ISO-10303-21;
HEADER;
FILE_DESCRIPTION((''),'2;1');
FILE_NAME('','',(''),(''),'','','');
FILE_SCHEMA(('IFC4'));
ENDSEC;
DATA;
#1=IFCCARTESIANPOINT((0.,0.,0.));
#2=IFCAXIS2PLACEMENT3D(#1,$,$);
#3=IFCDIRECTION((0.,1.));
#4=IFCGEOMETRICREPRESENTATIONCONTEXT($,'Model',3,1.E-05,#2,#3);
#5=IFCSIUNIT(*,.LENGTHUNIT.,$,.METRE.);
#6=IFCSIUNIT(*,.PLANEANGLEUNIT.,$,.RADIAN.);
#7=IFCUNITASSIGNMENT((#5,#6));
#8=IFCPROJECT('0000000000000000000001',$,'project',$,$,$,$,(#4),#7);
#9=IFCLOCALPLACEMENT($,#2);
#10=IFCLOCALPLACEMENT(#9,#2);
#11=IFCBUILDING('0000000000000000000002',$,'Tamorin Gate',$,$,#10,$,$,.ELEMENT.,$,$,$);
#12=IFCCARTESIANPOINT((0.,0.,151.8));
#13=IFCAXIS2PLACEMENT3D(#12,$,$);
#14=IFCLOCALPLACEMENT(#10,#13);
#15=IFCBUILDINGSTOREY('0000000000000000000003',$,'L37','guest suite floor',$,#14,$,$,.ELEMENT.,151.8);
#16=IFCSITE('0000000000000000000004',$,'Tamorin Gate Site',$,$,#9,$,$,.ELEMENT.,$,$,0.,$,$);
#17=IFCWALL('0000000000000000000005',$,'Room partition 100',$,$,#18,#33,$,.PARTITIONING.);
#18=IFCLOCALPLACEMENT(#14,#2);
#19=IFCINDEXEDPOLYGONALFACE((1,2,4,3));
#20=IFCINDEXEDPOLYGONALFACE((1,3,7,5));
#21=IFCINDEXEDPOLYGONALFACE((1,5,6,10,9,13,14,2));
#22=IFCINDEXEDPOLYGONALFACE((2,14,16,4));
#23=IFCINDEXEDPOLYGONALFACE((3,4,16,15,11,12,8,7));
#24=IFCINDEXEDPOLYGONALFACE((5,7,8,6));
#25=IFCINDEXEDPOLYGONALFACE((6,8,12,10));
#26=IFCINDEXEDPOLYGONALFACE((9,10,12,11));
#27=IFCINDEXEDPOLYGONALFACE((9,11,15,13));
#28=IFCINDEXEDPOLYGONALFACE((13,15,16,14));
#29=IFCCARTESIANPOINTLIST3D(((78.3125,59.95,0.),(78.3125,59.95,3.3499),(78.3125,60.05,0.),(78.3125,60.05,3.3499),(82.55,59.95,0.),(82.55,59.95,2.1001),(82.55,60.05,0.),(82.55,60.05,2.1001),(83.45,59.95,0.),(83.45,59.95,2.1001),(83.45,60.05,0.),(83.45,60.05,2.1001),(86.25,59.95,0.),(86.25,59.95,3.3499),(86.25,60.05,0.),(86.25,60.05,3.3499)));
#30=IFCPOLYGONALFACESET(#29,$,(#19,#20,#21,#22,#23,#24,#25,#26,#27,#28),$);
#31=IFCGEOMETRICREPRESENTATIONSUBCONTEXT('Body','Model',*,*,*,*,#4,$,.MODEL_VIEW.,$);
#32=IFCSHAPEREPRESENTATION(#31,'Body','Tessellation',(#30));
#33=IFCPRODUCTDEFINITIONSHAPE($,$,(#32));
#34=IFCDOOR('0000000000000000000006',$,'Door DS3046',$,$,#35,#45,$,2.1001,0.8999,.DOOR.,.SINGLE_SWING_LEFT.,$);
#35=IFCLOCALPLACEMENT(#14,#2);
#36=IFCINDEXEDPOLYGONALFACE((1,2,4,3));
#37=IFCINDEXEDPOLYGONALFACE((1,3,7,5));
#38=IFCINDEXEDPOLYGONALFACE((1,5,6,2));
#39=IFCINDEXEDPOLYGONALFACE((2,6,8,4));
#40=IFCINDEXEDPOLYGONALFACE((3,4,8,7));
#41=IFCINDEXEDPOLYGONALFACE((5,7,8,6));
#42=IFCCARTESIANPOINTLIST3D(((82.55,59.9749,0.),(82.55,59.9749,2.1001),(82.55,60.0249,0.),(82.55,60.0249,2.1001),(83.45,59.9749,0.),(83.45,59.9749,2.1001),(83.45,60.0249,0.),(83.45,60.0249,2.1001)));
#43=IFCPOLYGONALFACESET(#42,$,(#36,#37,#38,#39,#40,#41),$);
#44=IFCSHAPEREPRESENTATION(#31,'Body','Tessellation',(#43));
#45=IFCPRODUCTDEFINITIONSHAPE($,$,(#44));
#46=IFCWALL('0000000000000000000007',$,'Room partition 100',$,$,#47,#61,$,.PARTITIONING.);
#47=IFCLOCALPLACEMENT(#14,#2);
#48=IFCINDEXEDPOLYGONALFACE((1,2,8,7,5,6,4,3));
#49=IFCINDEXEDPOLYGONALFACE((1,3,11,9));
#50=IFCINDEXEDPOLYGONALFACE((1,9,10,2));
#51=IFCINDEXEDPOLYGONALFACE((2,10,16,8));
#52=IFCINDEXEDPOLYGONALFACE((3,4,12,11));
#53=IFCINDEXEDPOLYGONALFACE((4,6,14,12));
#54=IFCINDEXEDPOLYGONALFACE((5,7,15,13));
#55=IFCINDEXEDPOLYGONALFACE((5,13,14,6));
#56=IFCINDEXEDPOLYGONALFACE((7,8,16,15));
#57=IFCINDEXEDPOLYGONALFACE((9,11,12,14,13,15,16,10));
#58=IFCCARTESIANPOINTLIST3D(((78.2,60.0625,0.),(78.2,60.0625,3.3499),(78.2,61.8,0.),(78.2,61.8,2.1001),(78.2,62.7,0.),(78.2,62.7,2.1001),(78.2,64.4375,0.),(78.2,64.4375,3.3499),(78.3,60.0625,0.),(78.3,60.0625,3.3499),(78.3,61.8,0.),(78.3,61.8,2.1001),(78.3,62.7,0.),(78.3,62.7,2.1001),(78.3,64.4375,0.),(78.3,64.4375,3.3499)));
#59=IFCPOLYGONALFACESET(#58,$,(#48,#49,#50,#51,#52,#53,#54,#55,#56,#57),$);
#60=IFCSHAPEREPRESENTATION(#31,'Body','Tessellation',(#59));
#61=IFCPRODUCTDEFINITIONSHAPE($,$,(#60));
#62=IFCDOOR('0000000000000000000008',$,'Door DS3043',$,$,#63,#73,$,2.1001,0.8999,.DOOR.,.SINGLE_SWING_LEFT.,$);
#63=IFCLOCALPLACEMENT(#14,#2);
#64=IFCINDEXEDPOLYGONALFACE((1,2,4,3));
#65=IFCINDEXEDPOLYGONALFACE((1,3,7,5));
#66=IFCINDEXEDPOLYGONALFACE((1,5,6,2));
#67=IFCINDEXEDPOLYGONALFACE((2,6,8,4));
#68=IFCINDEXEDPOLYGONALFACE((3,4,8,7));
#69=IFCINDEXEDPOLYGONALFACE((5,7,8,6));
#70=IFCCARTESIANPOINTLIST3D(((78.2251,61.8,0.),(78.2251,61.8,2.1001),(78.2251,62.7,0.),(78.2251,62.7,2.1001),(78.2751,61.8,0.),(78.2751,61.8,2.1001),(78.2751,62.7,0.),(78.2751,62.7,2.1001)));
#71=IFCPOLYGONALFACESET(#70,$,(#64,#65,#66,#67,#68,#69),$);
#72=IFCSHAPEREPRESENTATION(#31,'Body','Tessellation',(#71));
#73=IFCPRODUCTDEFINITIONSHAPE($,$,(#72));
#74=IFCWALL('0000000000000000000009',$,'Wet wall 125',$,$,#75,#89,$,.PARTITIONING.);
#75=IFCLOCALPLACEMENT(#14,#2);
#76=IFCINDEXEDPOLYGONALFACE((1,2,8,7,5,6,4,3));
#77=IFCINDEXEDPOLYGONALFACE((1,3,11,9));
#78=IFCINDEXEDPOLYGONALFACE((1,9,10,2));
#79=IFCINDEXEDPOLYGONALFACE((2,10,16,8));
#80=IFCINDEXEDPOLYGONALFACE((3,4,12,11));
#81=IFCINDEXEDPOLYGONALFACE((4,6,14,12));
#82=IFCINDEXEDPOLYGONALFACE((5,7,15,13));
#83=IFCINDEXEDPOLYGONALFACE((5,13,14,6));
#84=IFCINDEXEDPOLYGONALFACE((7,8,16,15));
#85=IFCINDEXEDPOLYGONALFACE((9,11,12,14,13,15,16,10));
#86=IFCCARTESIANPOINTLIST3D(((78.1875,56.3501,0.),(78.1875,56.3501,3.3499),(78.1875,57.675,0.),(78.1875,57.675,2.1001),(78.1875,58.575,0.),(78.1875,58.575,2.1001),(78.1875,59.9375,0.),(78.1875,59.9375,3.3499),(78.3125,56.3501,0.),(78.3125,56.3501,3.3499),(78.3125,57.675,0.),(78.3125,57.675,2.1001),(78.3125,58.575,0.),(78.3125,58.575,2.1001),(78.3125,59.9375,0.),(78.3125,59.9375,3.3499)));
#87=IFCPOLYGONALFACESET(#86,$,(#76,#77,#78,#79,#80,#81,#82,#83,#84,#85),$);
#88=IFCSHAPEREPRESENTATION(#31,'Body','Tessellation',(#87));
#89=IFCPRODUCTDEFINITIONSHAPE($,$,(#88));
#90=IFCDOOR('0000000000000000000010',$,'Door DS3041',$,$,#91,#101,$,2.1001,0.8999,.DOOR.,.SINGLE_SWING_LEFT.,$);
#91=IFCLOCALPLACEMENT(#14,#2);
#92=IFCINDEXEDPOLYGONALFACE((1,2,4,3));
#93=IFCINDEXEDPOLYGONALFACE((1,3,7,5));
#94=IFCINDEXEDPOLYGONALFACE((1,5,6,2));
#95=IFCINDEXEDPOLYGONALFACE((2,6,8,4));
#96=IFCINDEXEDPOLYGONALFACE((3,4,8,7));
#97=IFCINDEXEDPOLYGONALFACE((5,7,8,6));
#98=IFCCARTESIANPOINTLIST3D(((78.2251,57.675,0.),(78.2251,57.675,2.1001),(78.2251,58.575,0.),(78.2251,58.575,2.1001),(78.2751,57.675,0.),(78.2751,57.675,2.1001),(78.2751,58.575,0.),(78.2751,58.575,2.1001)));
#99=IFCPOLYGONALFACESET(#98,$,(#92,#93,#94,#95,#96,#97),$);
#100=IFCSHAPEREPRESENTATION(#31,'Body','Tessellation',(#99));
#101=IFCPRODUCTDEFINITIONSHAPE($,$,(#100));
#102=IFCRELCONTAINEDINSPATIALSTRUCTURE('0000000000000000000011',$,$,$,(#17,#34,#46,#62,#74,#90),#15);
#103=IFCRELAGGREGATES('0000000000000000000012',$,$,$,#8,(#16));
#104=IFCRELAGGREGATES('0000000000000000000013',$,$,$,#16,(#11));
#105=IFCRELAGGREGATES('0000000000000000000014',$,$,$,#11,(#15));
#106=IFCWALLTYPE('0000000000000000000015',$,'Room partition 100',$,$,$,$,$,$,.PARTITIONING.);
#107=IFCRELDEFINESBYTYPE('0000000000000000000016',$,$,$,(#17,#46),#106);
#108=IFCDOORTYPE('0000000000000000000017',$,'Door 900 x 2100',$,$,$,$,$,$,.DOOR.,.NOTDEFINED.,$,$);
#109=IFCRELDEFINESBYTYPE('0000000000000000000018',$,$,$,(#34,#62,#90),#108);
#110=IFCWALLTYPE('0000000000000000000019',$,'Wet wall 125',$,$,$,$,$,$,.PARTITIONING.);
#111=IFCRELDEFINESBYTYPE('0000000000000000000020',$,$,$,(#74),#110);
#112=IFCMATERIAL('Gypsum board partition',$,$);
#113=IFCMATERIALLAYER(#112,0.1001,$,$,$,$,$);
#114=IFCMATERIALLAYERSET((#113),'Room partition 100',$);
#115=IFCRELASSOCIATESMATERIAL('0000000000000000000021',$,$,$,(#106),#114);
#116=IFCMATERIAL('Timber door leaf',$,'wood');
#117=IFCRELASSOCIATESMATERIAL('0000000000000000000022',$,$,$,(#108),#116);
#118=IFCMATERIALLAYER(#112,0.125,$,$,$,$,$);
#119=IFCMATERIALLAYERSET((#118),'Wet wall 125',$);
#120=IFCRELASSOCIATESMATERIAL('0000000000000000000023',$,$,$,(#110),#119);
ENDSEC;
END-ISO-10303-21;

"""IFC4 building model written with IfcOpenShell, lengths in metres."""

from ifc_helpers import new_model, si_unit, direction, frame, frame_2d, origin, place, context, subcontext, project, spatial, rectangle, extrude, material, layer, layer_set, type_object, element, fill, save


model = new_model("IFC4")

# Units and contexts
model_context = context("Model", 3, precision=1e-05, world=origin(), true_north=direction((0.0, 1.0)))
body_context = subcontext(model_context, "Body", "Model", "MODEL_VIEW")
ifc_project = project(units=[si_unit("LENGTHUNIT", "METRE"), si_unit("PLANEANGLEUNIT", "RADIAN")], contexts=[model_context])

# Site, building, storey
site_placement = place(None, origin())
site = spatial("IfcSite", under=ifc_project, at=site_placement, Name="Tamorin Gate Site", CompositionType="ELEMENT", RefElevation=0.0)
building_placement = place(site_placement, origin())
building = spatial("IfcBuilding", under=site, at=building_placement, Name="Tamorin Gate", CompositionType="ELEMENT")
storey_placement = place(building_placement, frame((0.0, 0.0, 151.8)))
storey = spatial("IfcBuildingStorey", under=building, at=storey_placement, Name="L37", Description="guest suite floor", CompositionType="ELEMENT", Elevation=151.8)

# Walls, openings, doors
ifc_material_1 = material(Name="Gypsum board partition")
ifc_layer_1 = layer(ifc_material_1, 0.1001)
ifc_layer_set_1 = layer_set([ifc_layer_1], Name="Room partition 100")
wall_type_1 = type_object("IfcWallType", Name="Room partition 100", PredefinedType="PARTITIONING", material=ifc_layer_set_1)
wall_1_placement = place(storey_placement, frame((78.3125, 60.0, 0.0), z_axis=(0.0, 0.0, 1.0), x_axis=(1.0, 0.0, 0.0)))
wall_1 = element("IfcWall", 1, at=wall_1_placement, inside=storey, type_object=wall_type_1, Name="Room partition 100", PredefinedType="PARTITIONING", context=body_context, shape_type="SweptSolid", body=[
    extrude(rectangle(XDim=7.9375, YDim=0.1001, at=frame_2d((3.9688, 0.0))), origin(), (0.0, 0.0, 1.0), 3.3499),
])
opening_1_placement = place(wall_1_placement, frame((4.2375, 0.0, 0.0)))
opening_1 = element("IfcOpeningElement", 2, at=opening_1_placement, cuts=wall_1, PredefinedType="OPENING", context=body_context, shape_type="SweptSolid", body=[
    extrude(rectangle(XDim=0.8999, YDim=2.1001, at=frame_2d((0.45, 1.05))), frame((0.0, 0.0601, 0.0), z_axis=(0.0, -1.0, 0.0), x_axis=(1.0, 0.0, 0.0)), (0.0, 0.0, 1.0), 0.1201),
])
ifc_material_2 = material(Name="Timber door leaf", Category="wood")
door_type = type_object("IfcDoorType", Name="Door 900 x 2100", OperationType="NOTDEFINED", PredefinedType="DOOR", material=ifc_material_2)
door_1_placement = place(opening_1_placement, origin())
door_1 = element("IfcDoor", 3, at=door_1_placement, inside=storey, type_object=door_type, Name="Door DS3046", OperationType="SINGLE_SWING_LEFT", OverallHeight=2.1001, OverallWidth=0.8999, PredefinedType="DOOR", context=body_context, shape_type="SweptSolid", body=[
    extrude(rectangle(XDim=0.8999, YDim=2.1001, at=frame_2d((0.45, 1.05))), frame((0.0, 0.0249, 0.0), z_axis=(0.0, -1.0, 0.0), x_axis=(1.0, 0.0, 0.0)), (0.0, 0.0, 1.0), 0.05),
])
fill(opening_1, door_1)
wall_2_placement = place(storey_placement, frame((78.25, 60.0625, 0.0), z_axis=(0.0, 0.0, 1.0), x_axis=(0.0, 1.0, 0.0)))
wall_2 = element("IfcWall", 4, at=wall_2_placement, inside=storey, type_object=wall_type_1, Name="Room partition 100", PredefinedType="PARTITIONING", context=body_context, shape_type="SweptSolid", body=[
    extrude(rectangle(XDim=4.375, YDim=0.1001, at=frame_2d((2.1875, 0.0))), origin(), (0.0, 0.0, 1.0), 3.3499),
])
opening_2_placement = place(wall_2_placement, frame((1.7375, 0.0, 0.0)))
opening_2 = element("IfcOpeningElement", 5, at=opening_2_placement, cuts=wall_2, PredefinedType="OPENING", context=body_context, shape_type="SweptSolid", body=[
    extrude(rectangle(XDim=0.8999, YDim=2.1001, at=frame_2d((0.45, 1.05))), frame((0.0, 0.0601, 0.0), z_axis=(0.0, -1.0, 0.0), x_axis=(1.0, 0.0, 0.0)), (0.0, 0.0, 1.0), 0.1201),
])
door_2_placement = place(opening_2_placement, origin())
door_2 = element("IfcDoor", 6, at=door_2_placement, inside=storey, type_object=door_type, Name="Door DS3043", OperationType="SINGLE_SWING_LEFT", OverallHeight=2.1001, OverallWidth=0.8999, PredefinedType="DOOR", context=body_context, shape_type="SweptSolid", body=[
    extrude(rectangle(XDim=0.8999, YDim=2.1001, at=frame_2d((0.45, 1.05))), frame((0.0, 0.0249, 0.0), z_axis=(0.0, -1.0, 0.0), x_axis=(1.0, 0.0, 0.0)), (0.0, 0.0, 1.0), 0.05),
])
fill(opening_2, door_2)
ifc_layer_2 = layer(ifc_material_1, 0.125)
ifc_layer_set_2 = layer_set([ifc_layer_2], Name="Wet wall 125")
wall_type_2 = type_object("IfcWallType", Name="Wet wall 125", PredefinedType="PARTITIONING", material=ifc_layer_set_2)
wall_3_placement = place(storey_placement, frame((78.25, 56.3501, 0.0), z_axis=(0.0, 0.0, 1.0), x_axis=(0.0, 1.0, 0.0)))
wall_3 = element("IfcWall", 7, at=wall_3_placement, inside=storey, type_object=wall_type_2, Name="Wet wall 125", PredefinedType="PARTITIONING", context=body_context, shape_type="SweptSolid", body=[
    extrude(rectangle(XDim=3.5874, YDim=0.125, at=frame_2d((1.7937, 0.0))), origin(), (0.0, 0.0, 1.0), 3.3499),
])
opening_3_placement = place(wall_3_placement, frame((1.325, 0.0, 0.0)))
opening_3 = element("IfcOpeningElement", 8, at=opening_3_placement, cuts=wall_3, PredefinedType="OPENING", context=body_context, shape_type="SweptSolid", body=[
    extrude(rectangle(XDim=0.8999, YDim=2.1001, at=frame_2d((0.45, 1.05))), frame((0.0, 0.0725, 0.0), z_axis=(0.0, -1.0, 0.0), x_axis=(1.0, 0.0, 0.0)), (0.0, 0.0, 1.0), 0.145),
])
door_3_placement = place(opening_3_placement, origin())
door_3 = element("IfcDoor", 9, at=door_3_placement, inside=storey, type_object=door_type, Name="Door DS3041", OperationType="SINGLE_SWING_LEFT", OverallHeight=2.1001, OverallWidth=0.8999, PredefinedType="DOOR", context=body_context, shape_type="SweptSolid", body=[
    extrude(rectangle(XDim=0.8999, YDim=2.1001, at=frame_2d((0.45, 1.05))), frame((0.0, 0.0249, 0.0), z_axis=(0.0, -1.0, 0.0), x_axis=(1.0, 0.0, 0.0)), (0.0, 0.0, 1.0), 0.05),
])
fill(opening_3, door_3)

save(model, "model.ifc")
